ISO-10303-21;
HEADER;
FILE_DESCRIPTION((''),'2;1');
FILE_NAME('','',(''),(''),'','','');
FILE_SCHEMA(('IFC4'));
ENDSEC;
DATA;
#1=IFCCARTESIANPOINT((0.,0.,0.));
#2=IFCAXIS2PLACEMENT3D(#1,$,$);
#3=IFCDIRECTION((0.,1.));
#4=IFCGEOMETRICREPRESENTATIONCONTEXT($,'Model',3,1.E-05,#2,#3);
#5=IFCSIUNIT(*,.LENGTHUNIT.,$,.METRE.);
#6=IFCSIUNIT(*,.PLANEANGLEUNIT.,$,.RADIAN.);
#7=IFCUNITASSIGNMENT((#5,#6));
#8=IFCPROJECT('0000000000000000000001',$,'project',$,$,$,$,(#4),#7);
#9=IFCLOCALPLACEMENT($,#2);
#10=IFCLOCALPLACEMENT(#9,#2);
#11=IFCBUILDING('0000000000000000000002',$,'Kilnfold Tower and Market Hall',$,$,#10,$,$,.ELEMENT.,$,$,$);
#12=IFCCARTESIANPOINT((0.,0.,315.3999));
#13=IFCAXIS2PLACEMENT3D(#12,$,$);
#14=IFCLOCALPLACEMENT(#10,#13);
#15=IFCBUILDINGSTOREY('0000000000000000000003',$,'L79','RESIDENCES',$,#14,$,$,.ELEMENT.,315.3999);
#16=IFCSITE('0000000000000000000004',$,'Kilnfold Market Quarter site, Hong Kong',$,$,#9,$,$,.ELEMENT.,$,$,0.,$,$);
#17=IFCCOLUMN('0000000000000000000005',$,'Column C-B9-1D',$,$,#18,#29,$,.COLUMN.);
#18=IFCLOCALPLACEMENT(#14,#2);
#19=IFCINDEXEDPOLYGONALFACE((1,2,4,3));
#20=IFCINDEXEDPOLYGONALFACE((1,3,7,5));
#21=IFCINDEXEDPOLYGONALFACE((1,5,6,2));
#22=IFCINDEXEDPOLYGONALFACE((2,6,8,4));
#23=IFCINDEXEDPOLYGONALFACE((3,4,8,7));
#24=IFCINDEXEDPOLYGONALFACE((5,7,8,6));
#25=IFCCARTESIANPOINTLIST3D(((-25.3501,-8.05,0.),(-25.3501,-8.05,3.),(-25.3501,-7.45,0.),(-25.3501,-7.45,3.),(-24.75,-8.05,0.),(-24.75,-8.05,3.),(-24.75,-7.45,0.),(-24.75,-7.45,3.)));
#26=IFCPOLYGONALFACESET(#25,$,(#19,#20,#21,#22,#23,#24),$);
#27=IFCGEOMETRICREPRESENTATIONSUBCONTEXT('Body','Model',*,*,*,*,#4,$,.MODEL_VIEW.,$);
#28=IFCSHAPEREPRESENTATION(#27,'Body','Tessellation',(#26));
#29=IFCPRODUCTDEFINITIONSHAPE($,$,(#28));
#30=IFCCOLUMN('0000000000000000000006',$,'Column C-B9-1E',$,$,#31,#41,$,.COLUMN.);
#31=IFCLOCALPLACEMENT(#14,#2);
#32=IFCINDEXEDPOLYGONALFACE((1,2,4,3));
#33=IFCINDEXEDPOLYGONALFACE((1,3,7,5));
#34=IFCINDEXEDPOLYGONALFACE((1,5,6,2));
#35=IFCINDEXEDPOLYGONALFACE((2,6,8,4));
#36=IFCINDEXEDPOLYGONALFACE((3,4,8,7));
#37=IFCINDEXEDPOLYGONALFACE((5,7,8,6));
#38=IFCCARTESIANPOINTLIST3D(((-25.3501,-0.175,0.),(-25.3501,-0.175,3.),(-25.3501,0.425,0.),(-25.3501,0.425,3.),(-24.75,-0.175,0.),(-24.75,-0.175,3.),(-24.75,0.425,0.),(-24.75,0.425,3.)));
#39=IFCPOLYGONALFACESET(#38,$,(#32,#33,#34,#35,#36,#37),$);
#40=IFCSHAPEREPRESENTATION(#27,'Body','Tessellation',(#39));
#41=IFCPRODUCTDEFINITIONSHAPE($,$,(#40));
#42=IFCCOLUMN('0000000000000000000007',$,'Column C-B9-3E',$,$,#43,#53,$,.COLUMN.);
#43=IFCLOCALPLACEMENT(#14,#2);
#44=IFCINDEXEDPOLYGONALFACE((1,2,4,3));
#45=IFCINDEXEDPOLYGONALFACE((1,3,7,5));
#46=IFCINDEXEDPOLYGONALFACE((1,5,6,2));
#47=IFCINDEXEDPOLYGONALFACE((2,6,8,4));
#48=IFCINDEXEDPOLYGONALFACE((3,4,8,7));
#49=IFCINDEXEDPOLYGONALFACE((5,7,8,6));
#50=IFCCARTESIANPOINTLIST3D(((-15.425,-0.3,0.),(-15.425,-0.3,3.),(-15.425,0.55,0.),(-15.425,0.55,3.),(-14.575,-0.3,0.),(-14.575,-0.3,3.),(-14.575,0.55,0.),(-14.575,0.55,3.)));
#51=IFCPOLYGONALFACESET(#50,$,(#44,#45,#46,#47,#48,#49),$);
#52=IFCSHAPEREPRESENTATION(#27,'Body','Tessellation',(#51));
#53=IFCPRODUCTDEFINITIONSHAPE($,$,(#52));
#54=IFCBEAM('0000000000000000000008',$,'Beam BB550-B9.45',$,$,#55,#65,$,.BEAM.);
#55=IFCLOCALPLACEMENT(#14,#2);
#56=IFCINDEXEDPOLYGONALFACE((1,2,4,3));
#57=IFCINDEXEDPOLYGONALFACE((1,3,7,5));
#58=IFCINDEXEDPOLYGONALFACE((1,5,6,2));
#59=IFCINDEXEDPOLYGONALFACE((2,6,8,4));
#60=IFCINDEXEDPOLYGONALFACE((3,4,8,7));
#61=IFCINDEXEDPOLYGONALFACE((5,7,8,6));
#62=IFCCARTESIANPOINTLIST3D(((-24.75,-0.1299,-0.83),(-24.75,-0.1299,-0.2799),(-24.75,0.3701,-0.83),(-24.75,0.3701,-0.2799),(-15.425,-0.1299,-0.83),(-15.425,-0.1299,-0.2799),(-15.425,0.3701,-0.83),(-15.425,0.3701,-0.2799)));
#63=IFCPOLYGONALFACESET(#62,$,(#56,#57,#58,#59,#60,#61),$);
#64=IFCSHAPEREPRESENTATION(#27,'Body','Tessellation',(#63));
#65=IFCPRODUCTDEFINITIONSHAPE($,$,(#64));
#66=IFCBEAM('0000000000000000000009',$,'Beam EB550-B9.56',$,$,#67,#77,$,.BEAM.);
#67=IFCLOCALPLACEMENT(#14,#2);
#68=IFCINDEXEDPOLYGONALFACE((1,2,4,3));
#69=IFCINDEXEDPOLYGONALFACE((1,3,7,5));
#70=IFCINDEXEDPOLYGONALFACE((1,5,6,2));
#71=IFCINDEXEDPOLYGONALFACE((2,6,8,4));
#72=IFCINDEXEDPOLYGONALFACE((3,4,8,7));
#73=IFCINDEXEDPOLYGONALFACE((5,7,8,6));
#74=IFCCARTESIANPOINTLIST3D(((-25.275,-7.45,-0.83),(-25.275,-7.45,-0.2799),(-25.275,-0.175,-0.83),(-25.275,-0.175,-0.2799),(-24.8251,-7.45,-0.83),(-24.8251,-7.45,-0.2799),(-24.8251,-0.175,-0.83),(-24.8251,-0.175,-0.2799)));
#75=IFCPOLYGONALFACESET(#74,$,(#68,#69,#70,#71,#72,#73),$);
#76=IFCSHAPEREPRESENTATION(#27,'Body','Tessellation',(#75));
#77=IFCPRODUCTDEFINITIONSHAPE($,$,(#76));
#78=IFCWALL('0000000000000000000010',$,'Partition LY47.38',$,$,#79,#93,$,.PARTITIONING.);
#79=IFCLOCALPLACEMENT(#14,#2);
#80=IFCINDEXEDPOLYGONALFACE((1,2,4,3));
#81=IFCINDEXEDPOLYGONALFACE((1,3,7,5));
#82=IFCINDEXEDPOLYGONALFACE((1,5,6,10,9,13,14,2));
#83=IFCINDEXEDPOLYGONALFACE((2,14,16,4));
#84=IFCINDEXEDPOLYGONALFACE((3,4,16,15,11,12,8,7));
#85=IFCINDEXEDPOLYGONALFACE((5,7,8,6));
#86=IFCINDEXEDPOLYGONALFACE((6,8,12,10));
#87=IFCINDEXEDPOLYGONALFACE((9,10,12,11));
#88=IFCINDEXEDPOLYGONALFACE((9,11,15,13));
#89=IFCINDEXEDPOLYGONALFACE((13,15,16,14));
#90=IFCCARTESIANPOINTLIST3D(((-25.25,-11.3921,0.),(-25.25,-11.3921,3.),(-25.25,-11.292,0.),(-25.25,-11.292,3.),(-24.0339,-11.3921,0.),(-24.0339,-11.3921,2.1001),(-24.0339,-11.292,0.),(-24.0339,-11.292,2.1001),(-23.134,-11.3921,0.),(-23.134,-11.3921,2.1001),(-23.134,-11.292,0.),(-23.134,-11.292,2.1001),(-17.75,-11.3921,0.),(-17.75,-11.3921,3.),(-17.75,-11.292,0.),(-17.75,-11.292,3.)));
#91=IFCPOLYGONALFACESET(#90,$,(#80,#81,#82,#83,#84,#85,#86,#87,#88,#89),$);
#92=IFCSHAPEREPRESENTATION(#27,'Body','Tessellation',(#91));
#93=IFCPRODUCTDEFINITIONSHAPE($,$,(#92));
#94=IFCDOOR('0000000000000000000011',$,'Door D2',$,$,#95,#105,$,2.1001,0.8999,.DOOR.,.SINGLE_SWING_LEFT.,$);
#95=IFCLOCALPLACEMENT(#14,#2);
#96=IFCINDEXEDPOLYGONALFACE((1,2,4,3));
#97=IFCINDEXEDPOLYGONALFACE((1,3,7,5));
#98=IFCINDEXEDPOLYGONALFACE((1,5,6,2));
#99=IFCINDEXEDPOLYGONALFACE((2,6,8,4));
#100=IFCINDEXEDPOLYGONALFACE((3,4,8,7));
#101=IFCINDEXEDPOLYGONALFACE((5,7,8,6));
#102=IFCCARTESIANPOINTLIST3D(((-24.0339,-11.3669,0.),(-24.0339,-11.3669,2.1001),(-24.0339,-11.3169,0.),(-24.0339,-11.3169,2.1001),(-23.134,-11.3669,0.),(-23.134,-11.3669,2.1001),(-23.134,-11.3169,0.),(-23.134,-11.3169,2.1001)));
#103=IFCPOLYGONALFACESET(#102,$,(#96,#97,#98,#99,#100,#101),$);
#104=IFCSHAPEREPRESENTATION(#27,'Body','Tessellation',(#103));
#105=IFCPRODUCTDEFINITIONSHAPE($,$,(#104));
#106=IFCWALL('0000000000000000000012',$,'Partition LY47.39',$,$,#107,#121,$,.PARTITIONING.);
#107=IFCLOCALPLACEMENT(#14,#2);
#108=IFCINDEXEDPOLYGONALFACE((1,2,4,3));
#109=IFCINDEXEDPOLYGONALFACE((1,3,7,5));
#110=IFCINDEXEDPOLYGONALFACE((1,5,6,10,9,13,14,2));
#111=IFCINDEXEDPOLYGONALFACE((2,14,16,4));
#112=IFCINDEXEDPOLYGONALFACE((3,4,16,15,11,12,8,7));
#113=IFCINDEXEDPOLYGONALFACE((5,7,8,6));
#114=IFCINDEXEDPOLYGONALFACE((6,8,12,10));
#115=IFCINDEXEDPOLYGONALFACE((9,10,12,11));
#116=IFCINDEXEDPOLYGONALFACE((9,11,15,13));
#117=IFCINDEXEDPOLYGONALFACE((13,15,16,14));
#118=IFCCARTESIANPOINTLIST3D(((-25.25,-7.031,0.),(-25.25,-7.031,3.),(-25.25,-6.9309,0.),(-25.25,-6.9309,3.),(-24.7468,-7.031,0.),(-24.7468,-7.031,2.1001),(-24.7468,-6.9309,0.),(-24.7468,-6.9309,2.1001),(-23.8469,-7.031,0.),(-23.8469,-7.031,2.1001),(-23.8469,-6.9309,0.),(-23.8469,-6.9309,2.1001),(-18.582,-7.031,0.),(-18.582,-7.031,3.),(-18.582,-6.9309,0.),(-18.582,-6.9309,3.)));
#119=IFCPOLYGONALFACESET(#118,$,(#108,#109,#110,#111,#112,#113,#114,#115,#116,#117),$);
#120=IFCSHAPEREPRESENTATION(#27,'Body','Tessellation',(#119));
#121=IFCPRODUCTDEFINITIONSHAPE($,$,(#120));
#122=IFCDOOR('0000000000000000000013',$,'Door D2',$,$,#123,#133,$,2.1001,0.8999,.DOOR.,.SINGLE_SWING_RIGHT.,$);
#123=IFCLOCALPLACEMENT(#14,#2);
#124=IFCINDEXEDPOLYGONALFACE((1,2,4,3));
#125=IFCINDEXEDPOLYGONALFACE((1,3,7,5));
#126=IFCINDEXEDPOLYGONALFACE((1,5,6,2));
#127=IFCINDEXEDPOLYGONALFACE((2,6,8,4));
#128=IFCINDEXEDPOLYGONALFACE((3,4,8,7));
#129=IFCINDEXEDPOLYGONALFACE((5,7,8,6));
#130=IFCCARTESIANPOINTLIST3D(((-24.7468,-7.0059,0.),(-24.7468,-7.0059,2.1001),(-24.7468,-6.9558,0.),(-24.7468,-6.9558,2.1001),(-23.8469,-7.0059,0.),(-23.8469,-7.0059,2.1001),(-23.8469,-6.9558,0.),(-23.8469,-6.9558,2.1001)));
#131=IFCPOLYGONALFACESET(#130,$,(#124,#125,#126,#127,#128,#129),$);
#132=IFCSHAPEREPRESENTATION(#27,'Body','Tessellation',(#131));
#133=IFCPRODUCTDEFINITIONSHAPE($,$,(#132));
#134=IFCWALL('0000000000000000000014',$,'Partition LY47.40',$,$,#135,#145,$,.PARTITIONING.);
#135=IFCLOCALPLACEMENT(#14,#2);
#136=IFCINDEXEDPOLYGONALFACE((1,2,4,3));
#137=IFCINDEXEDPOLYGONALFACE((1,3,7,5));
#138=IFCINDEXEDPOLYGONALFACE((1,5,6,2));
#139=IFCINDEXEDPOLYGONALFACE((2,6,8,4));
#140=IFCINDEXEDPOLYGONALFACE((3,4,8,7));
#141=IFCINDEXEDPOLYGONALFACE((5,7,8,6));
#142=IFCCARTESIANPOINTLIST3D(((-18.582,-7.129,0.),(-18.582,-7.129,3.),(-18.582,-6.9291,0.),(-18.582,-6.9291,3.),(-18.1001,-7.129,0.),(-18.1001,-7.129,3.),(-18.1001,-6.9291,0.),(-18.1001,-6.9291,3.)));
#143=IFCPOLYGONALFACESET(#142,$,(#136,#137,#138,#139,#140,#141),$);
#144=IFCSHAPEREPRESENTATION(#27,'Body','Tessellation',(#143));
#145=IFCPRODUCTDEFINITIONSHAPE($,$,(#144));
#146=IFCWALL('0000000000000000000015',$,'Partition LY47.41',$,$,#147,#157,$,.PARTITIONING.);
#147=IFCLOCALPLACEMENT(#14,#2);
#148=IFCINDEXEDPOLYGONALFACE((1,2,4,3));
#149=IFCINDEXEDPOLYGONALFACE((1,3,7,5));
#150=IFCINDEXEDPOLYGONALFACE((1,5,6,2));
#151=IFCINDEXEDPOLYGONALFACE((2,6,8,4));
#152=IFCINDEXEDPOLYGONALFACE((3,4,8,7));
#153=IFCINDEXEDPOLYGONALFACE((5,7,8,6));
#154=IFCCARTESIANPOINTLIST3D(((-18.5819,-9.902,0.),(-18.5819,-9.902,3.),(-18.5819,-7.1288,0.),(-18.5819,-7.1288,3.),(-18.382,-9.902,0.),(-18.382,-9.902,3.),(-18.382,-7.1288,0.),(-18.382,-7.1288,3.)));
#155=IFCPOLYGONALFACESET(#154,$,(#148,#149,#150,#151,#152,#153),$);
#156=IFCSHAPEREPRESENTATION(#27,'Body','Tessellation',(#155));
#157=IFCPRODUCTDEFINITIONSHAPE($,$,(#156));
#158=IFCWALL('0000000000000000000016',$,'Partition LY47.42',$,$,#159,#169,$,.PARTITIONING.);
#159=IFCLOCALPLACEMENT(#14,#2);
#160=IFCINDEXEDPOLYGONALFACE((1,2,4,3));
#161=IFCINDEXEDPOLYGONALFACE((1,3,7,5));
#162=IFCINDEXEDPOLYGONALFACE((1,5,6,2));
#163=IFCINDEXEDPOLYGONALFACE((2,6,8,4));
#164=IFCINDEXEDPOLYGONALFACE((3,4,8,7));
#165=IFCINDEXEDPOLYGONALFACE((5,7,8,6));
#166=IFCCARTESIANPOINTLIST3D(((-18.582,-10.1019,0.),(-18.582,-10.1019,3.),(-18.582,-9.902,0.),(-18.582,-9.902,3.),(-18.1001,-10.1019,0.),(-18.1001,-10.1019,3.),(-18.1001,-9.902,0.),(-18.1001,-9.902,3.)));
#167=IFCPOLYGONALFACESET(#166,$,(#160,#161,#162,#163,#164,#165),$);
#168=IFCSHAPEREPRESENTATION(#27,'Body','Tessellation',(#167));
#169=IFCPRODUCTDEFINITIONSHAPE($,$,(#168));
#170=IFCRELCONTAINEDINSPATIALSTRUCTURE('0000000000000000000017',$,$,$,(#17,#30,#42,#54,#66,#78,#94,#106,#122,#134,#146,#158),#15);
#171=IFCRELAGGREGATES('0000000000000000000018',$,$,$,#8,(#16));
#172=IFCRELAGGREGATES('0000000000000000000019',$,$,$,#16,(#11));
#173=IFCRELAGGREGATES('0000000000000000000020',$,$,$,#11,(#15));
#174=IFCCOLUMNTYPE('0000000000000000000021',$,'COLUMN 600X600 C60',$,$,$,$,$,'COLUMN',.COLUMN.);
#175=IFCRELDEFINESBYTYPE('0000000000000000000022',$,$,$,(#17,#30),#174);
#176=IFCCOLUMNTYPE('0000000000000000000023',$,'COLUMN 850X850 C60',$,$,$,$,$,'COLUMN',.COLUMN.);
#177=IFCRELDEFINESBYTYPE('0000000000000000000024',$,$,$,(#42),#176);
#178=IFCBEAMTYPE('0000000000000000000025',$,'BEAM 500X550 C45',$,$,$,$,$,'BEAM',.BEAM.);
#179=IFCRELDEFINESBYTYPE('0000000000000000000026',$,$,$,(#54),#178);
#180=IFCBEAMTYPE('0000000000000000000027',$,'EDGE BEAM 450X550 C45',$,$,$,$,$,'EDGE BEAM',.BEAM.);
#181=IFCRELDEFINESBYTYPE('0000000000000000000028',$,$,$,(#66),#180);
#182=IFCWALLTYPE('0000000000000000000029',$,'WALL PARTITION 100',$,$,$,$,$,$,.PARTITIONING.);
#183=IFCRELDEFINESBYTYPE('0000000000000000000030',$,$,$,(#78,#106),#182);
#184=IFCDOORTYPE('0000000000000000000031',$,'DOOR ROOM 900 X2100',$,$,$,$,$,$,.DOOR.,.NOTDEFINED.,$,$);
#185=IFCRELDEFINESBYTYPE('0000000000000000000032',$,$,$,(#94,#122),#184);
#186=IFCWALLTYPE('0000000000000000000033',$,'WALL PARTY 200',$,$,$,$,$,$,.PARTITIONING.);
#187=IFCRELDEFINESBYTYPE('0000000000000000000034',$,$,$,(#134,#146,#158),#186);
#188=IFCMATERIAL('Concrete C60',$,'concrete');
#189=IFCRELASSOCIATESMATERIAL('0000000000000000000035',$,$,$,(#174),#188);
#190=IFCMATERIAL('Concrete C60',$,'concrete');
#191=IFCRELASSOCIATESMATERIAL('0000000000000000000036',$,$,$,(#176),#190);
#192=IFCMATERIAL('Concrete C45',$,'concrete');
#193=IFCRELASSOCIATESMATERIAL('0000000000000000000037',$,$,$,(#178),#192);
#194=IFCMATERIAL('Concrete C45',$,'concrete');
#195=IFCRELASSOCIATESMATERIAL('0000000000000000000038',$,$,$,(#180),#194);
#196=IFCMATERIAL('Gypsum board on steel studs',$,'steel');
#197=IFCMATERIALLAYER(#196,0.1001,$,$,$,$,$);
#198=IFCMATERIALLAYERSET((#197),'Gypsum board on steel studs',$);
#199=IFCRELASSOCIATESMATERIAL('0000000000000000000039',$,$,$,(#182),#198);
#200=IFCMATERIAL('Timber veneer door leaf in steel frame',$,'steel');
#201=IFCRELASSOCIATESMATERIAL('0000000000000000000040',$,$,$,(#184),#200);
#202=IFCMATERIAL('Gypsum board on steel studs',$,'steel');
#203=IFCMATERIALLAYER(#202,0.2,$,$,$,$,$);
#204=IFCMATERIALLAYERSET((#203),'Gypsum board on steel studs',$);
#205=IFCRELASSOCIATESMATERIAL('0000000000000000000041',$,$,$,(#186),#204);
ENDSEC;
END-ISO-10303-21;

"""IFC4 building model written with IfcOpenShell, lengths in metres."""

from ifc_helpers import new_model, si_unit, direction, frame, frame_2d, origin, origin_2d, place, context, subcontext, project, spatial, rectangle, extrude, source, transform, mapped, material, layer, layer_set, material_profile, profile_set, type_object, element, fill, save


model = new_model("IFC4")

# Units and contexts
model_context = context("Model", 3, precision=1e-05, world=origin(), true_north=direction((0.0, 1.0)))
body_context = subcontext(model_context, "Body", "Model", "MODEL_VIEW")
ifc_project = project(units=[si_unit("LENGTHUNIT", "METRE"), si_unit("PLANEANGLEUNIT", "RADIAN")], contexts=[model_context])

# Site, building, storey
site_placement = place(None, origin())
site = spatial("IfcSite", under=ifc_project, at=site_placement, Name="Kilnfold Market Quarter site, Hong Kong", CompositionType="ELEMENT", RefElevation=0.0)
building_placement = place(site_placement, origin())
building = spatial("IfcBuilding", under=site, at=building_placement, Name="Kilnfold Tower and Market Hall", CompositionType="ELEMENT")
storey_placement = place(building_placement, frame((0.0, 0.0, 315.3999)))
storey = spatial("IfcBuildingStorey", under=building, at=storey_placement, Name="L79", Description="RESIDENCES", CompositionType="ELEMENT", Elevation=315.3999)

# Columns
ifc_material_1 = material(Name="Concrete C60", Category="concrete")
ifc_material_profile_1 = material_profile(ifc_material_1, rectangle(XDim=0.6001, YDim=0.6001, at=origin_2d()), Name="RC 600x600")
ifc_profile_set_1 = profile_set([ifc_material_profile_1], Name="Concrete C60")
column_type_1 = type_object("IfcColumnType", Name="COLUMN 600X600 C60", ElementType="COLUMN", PredefinedType="COLUMN", material=ifc_profile_set_1)
shared_shape_1 = source(origin(), body_context, "Body", "SweptSolid", [
    extrude(rectangle(XDim=0.6001, YDim=0.6001, at=origin_2d()), origin(), (0.0, 0.0, 1.0), 3.0),
])
for number, where, z_axis, x_axis, name in (
    (1, (-25.05, -7.75, 0.0), (0.0, 0.0, 1.0), (1.0, 0.0, 0.0), "Column C-B9-1D"),
    (2, (-25.05, 0.125, 0.0), (0.0, 0.0, 1.0), (1.0, 0.0, 0.0), "Column C-B9-1E"),
):
    element("IfcColumn", number, at=place(storey_placement, frame(where, z_axis=z_axis, x_axis=x_axis)), inside=storey, type_object=column_type_1, Name=name, PredefinedType="COLUMN", context=body_context, shape_type="MappedRepresentation", body=[
        mapped(shared_shape_1, transform((0.0, 0.0, 0.0))),
    ])
ifc_material_2 = material(Name="Concrete C60", Category="concrete")
ifc_material_profile_2 = material_profile(ifc_material_2, rectangle(XDim=0.8501, YDim=0.8501, at=origin_2d()), Name="RC 850x850")
ifc_profile_set_2 = profile_set([ifc_material_profile_2], Name="Concrete C60")
column_type_2 = type_object("IfcColumnType", Name="COLUMN 850X850 C60", ElementType="COLUMN", PredefinedType="COLUMN", material=ifc_profile_set_2)
shared_shape_2 = source(origin(), body_context, "Body", "SweptSolid", [
    extrude(rectangle(XDim=0.8501, YDim=0.8501, at=origin_2d()), origin(), (0.0, 0.0, 1.0), 3.0),
])
column_placement = place(storey_placement, frame((-15.0, 0.125, 0.0), z_axis=(0.0, 0.0, 1.0), x_axis=(1.0, 0.0, 0.0)))
element("IfcColumn", 3, at=column_placement, inside=storey, type_object=column_type_2, Name="Column C-B9-3E", PredefinedType="COLUMN", context=body_context, shape_type="MappedRepresentation", body=[
    mapped(shared_shape_2, transform((0.0, 0.0, 0.0))),
])

# Beams
ifc_material_3 = material(Name="Concrete C45", Category="concrete")
ifc_material_profile_3 = material_profile(ifc_material_3, rectangle(XDim=0.5, YDim=0.55, at=origin_2d()), Name="RC 500x550")
ifc_profile_set_3 = profile_set([ifc_material_profile_3], Name="Concrete C45")
beam_type_1 = type_object("IfcBeamType", Name="BEAM 500X550 C45", ElementType="BEAM", PredefinedType="BEAM", material=ifc_profile_set_3)
shared_shape_3 = source(origin(), body_context, "Body", "SweptSolid", [
    extrude(rectangle(XDim=0.5, YDim=0.55, at=origin_2d()), origin(), (0.0, 0.0, 1.0), 9.325),
])
beam_1_placement = place(storey_placement, frame((-24.75, 0.1201, -0.5549), z_axis=(1.0, 0.0, 0.0), x_axis=(0.0, 1.0, 0.0)))
element("IfcBeam", 4, at=beam_1_placement, inside=storey, type_object=beam_type_1, Name="Beam BB550-B9.45", PredefinedType="BEAM", context=body_context, shape_type="MappedRepresentation", body=[
    mapped(shared_shape_3, transform((0.0, 0.0, 0.0))),
])
ifc_material_4 = material(Name="Concrete C45", Category="concrete")
ifc_material_profile_4 = material_profile(ifc_material_4, rectangle(XDim=0.45, YDim=0.55, at=origin_2d()), Name="RC 450x550")
ifc_profile_set_4 = profile_set([ifc_material_profile_4], Name="Concrete C45")
beam_type_2 = type_object("IfcBeamType", Name="EDGE BEAM 450X550 C45", ElementType="EDGE BEAM", PredefinedType="BEAM", material=ifc_profile_set_4)
shared_shape_4 = source(origin(), body_context, "Body", "SweptSolid", [
    extrude(rectangle(XDim=0.45, YDim=0.55, at=origin_2d()), origin(), (0.0, 0.0, 1.0), 7.2749),
])
beam_2_placement = place(storey_placement, frame((-25.05, -7.45, -0.5549), z_axis=(0.0, 1.0, 0.0), x_axis=(-1.0, 0.0, 0.0)))
element("IfcBeam", 5, at=beam_2_placement, inside=storey, type_object=beam_type_2, Name="Beam EB550-B9.56", PredefinedType="BEAM", context=body_context, shape_type="MappedRepresentation", body=[
    mapped(shared_shape_4, transform((0.0, 0.0, 0.0))),
])

# Walls, openings, doors
ifc_material_5 = material(Name="Gypsum board on steel studs", Category="steel")
ifc_layer_1 = layer(ifc_material_5, 0.1001)
ifc_layer_set_1 = layer_set([ifc_layer_1], Name="Gypsum board on steel studs")
wall_type_1 = type_object("IfcWallType", Name="WALL PARTITION 100", PredefinedType="PARTITIONING", material=ifc_layer_set_1)
wall_1_placement = place(storey_placement, frame((-17.75, -11.342, 0.0), z_axis=(0.0, 0.0, 1.0), x_axis=(-1.0, 0.0, 0.0)))
wall_1 = element("IfcWall", 6, at=wall_1_placement, inside=storey, type_object=wall_type_1, Name="Partition LY47.38", PredefinedType="PARTITIONING", context=body_context, shape_type="SweptSolid", body=[
    extrude(rectangle(XDim=7.5, YDim=0.1001, at=frame_2d((3.75, 0.0))), origin(), (0.0, 0.0, 1.0), 3.0),
])
opening_1_placement = place(wall_1_placement, frame((5.384, 0.0, 0.0)))
opening_1 = element("IfcOpeningElement", 7, at=opening_1_placement, cuts=wall_1, PredefinedType="OPENING", context=body_context, shape_type="SweptSolid", body=[
    extrude(rectangle(XDim=0.8999, YDim=2.1001, at=frame_2d((0.45, 1.05))), frame((0.0, 0.0601, 0.0), z_axis=(0.0, -1.0, 0.0), x_axis=(1.0, 0.0, 0.0)), (0.0, 0.0, 1.0), 0.1201),
])
ifc_material_6 = material(Name="Timber veneer door leaf in steel frame", Category="steel")
door_type = type_object("IfcDoorType", Name="DOOR ROOM 900 X2100", OperationType="NOTDEFINED", PredefinedType="DOOR", material=ifc_material_6)
door_1_placement = place(opening_1_placement, origin())
door_1 = element("IfcDoor", 8, at=door_1_placement, inside=storey, type_object=door_type, Name="Door D2", OperationType="SINGLE_SWING_LEFT", OverallHeight=2.1001, OverallWidth=0.8999, PredefinedType="DOOR", context=body_context, shape_type="SweptSolid", body=[
    extrude(rectangle(XDim=0.8999, YDim=2.1001, at=frame_2d((0.45, 1.05))), frame((0.0, 0.0249, 0.0), z_axis=(0.0, -1.0, 0.0), x_axis=(1.0, 0.0, 0.0)), (0.0, 0.0, 1.0), 0.05),
])
fill(opening_1, door_1)
wall_2_placement = place(storey_placement, frame((-18.582, -6.981, 0.0), z_axis=(0.0, 0.0, 1.0), x_axis=(-1.0, 0.0, 0.0)))
wall_2 = element("IfcWall", 9, at=wall_2_placement, inside=storey, type_object=wall_type_1, Name="Partition LY47.39", PredefinedType="PARTITIONING", context=body_context, shape_type="SweptSolid", body=[
    extrude(rectangle(XDim=6.668, YDim=0.1001, at=frame_2d((3.334, 0.0))), origin(), (0.0, 0.0, 1.0), 3.0),
])
opening_2_placement = place(wall_2_placement, frame((5.2649, 0.0, 0.0)))
opening_2 = element("IfcOpeningElement", 10, at=opening_2_placement, cuts=wall_2, PredefinedType="OPENING", context=body_context, shape_type="SweptSolid", body=[
    extrude(rectangle(XDim=0.8999, YDim=2.1001, at=frame_2d((0.45, 1.05))), frame((0.0, 0.0601, 0.0), z_axis=(0.0, -1.0, 0.0), x_axis=(1.0, 0.0, 0.0)), (0.0, 0.0, 1.0), 0.1201),
])
door_2_placement = place(opening_2_placement, origin())
door_2 = element("IfcDoor", 11, at=door_2_placement, inside=storey, type_object=door_type, Name="Door D2", OperationType="SINGLE_SWING_RIGHT", OverallHeight=2.1001, OverallWidth=0.8999, PredefinedType="DOOR", context=body_context, shape_type="SweptSolid", body=[
    extrude(rectangle(XDim=0.8999, YDim=2.1001, at=frame_2d((0.45, 1.05))), frame((0.0, 0.0249, 0.0), z_axis=(0.0, -1.0, 0.0), x_axis=(1.0, 0.0, 0.0)), (0.0, 0.0, 1.0), 0.05),
])
fill(opening_2, door_2)

# Walls
ifc_material_7 = material(Name="Gypsum board on steel studs", Category="steel")
ifc_layer_2 = layer(ifc_material_7, 0.2)
ifc_layer_set_2 = layer_set([ifc_layer_2], Name="Gypsum board on steel studs")
wall_type_2 = type_object("IfcWallType", Name="WALL PARTY 200", PredefinedType="PARTITIONING", material=ifc_layer_set_2)
wall_3_placement = place(storey_placement, frame((-18.582, -7.0291, 0.0), z_axis=(0.0, 0.0, 1.0), x_axis=(1.0, 0.0, 0.0)))
element("IfcWall", 12, at=wall_3_placement, inside=storey, type_object=wall_type_2, Name="Partition LY47.40", PredefinedType="PARTITIONING", context=body_context, shape_type="SweptSolid", body=[
    extrude(rectangle(XDim=0.4819, YDim=0.2, at=frame_2d((0.241, 0.0))), origin(), (0.0, 0.0, 1.0), 3.0),
])
wall_4_placement = place(storey_placement, frame((-18.4819, -9.9021, 0.0), z_axis=(0.0, 0.0, 1.0), x_axis=(0.0, 1.0, 0.0)))
element("IfcWall", 13, at=wall_4_placement, inside=storey, type_object=wall_type_2, Name="Partition LY47.41", PredefinedType="PARTITIONING", context=body_context, shape_type="SweptSolid", body=[
    extrude(rectangle(XDim=2.7732, YDim=0.2, at=frame_2d((1.3867, 0.0))), origin(), (0.0, 0.0, 1.0), 3.0),
])
wall_5_placement = place(storey_placement, frame((-18.1001, -10.002, 0.0), z_axis=(0.0, 0.0, 1.0), x_axis=(-1.0, 0.0, 0.0)))
element("IfcWall", 14, at=wall_5_placement, inside=storey, type_object=wall_type_2, Name="Partition LY47.42", PredefinedType="PARTITIONING", context=body_context, shape_type="SweptSolid", body=[
    extrude(rectangle(XDim=0.4819, YDim=0.2, at=frame_2d((0.241, 0.0))), origin(), (0.0, 0.0, 1.0), 3.0),
])

save(model, "model.ifc")
